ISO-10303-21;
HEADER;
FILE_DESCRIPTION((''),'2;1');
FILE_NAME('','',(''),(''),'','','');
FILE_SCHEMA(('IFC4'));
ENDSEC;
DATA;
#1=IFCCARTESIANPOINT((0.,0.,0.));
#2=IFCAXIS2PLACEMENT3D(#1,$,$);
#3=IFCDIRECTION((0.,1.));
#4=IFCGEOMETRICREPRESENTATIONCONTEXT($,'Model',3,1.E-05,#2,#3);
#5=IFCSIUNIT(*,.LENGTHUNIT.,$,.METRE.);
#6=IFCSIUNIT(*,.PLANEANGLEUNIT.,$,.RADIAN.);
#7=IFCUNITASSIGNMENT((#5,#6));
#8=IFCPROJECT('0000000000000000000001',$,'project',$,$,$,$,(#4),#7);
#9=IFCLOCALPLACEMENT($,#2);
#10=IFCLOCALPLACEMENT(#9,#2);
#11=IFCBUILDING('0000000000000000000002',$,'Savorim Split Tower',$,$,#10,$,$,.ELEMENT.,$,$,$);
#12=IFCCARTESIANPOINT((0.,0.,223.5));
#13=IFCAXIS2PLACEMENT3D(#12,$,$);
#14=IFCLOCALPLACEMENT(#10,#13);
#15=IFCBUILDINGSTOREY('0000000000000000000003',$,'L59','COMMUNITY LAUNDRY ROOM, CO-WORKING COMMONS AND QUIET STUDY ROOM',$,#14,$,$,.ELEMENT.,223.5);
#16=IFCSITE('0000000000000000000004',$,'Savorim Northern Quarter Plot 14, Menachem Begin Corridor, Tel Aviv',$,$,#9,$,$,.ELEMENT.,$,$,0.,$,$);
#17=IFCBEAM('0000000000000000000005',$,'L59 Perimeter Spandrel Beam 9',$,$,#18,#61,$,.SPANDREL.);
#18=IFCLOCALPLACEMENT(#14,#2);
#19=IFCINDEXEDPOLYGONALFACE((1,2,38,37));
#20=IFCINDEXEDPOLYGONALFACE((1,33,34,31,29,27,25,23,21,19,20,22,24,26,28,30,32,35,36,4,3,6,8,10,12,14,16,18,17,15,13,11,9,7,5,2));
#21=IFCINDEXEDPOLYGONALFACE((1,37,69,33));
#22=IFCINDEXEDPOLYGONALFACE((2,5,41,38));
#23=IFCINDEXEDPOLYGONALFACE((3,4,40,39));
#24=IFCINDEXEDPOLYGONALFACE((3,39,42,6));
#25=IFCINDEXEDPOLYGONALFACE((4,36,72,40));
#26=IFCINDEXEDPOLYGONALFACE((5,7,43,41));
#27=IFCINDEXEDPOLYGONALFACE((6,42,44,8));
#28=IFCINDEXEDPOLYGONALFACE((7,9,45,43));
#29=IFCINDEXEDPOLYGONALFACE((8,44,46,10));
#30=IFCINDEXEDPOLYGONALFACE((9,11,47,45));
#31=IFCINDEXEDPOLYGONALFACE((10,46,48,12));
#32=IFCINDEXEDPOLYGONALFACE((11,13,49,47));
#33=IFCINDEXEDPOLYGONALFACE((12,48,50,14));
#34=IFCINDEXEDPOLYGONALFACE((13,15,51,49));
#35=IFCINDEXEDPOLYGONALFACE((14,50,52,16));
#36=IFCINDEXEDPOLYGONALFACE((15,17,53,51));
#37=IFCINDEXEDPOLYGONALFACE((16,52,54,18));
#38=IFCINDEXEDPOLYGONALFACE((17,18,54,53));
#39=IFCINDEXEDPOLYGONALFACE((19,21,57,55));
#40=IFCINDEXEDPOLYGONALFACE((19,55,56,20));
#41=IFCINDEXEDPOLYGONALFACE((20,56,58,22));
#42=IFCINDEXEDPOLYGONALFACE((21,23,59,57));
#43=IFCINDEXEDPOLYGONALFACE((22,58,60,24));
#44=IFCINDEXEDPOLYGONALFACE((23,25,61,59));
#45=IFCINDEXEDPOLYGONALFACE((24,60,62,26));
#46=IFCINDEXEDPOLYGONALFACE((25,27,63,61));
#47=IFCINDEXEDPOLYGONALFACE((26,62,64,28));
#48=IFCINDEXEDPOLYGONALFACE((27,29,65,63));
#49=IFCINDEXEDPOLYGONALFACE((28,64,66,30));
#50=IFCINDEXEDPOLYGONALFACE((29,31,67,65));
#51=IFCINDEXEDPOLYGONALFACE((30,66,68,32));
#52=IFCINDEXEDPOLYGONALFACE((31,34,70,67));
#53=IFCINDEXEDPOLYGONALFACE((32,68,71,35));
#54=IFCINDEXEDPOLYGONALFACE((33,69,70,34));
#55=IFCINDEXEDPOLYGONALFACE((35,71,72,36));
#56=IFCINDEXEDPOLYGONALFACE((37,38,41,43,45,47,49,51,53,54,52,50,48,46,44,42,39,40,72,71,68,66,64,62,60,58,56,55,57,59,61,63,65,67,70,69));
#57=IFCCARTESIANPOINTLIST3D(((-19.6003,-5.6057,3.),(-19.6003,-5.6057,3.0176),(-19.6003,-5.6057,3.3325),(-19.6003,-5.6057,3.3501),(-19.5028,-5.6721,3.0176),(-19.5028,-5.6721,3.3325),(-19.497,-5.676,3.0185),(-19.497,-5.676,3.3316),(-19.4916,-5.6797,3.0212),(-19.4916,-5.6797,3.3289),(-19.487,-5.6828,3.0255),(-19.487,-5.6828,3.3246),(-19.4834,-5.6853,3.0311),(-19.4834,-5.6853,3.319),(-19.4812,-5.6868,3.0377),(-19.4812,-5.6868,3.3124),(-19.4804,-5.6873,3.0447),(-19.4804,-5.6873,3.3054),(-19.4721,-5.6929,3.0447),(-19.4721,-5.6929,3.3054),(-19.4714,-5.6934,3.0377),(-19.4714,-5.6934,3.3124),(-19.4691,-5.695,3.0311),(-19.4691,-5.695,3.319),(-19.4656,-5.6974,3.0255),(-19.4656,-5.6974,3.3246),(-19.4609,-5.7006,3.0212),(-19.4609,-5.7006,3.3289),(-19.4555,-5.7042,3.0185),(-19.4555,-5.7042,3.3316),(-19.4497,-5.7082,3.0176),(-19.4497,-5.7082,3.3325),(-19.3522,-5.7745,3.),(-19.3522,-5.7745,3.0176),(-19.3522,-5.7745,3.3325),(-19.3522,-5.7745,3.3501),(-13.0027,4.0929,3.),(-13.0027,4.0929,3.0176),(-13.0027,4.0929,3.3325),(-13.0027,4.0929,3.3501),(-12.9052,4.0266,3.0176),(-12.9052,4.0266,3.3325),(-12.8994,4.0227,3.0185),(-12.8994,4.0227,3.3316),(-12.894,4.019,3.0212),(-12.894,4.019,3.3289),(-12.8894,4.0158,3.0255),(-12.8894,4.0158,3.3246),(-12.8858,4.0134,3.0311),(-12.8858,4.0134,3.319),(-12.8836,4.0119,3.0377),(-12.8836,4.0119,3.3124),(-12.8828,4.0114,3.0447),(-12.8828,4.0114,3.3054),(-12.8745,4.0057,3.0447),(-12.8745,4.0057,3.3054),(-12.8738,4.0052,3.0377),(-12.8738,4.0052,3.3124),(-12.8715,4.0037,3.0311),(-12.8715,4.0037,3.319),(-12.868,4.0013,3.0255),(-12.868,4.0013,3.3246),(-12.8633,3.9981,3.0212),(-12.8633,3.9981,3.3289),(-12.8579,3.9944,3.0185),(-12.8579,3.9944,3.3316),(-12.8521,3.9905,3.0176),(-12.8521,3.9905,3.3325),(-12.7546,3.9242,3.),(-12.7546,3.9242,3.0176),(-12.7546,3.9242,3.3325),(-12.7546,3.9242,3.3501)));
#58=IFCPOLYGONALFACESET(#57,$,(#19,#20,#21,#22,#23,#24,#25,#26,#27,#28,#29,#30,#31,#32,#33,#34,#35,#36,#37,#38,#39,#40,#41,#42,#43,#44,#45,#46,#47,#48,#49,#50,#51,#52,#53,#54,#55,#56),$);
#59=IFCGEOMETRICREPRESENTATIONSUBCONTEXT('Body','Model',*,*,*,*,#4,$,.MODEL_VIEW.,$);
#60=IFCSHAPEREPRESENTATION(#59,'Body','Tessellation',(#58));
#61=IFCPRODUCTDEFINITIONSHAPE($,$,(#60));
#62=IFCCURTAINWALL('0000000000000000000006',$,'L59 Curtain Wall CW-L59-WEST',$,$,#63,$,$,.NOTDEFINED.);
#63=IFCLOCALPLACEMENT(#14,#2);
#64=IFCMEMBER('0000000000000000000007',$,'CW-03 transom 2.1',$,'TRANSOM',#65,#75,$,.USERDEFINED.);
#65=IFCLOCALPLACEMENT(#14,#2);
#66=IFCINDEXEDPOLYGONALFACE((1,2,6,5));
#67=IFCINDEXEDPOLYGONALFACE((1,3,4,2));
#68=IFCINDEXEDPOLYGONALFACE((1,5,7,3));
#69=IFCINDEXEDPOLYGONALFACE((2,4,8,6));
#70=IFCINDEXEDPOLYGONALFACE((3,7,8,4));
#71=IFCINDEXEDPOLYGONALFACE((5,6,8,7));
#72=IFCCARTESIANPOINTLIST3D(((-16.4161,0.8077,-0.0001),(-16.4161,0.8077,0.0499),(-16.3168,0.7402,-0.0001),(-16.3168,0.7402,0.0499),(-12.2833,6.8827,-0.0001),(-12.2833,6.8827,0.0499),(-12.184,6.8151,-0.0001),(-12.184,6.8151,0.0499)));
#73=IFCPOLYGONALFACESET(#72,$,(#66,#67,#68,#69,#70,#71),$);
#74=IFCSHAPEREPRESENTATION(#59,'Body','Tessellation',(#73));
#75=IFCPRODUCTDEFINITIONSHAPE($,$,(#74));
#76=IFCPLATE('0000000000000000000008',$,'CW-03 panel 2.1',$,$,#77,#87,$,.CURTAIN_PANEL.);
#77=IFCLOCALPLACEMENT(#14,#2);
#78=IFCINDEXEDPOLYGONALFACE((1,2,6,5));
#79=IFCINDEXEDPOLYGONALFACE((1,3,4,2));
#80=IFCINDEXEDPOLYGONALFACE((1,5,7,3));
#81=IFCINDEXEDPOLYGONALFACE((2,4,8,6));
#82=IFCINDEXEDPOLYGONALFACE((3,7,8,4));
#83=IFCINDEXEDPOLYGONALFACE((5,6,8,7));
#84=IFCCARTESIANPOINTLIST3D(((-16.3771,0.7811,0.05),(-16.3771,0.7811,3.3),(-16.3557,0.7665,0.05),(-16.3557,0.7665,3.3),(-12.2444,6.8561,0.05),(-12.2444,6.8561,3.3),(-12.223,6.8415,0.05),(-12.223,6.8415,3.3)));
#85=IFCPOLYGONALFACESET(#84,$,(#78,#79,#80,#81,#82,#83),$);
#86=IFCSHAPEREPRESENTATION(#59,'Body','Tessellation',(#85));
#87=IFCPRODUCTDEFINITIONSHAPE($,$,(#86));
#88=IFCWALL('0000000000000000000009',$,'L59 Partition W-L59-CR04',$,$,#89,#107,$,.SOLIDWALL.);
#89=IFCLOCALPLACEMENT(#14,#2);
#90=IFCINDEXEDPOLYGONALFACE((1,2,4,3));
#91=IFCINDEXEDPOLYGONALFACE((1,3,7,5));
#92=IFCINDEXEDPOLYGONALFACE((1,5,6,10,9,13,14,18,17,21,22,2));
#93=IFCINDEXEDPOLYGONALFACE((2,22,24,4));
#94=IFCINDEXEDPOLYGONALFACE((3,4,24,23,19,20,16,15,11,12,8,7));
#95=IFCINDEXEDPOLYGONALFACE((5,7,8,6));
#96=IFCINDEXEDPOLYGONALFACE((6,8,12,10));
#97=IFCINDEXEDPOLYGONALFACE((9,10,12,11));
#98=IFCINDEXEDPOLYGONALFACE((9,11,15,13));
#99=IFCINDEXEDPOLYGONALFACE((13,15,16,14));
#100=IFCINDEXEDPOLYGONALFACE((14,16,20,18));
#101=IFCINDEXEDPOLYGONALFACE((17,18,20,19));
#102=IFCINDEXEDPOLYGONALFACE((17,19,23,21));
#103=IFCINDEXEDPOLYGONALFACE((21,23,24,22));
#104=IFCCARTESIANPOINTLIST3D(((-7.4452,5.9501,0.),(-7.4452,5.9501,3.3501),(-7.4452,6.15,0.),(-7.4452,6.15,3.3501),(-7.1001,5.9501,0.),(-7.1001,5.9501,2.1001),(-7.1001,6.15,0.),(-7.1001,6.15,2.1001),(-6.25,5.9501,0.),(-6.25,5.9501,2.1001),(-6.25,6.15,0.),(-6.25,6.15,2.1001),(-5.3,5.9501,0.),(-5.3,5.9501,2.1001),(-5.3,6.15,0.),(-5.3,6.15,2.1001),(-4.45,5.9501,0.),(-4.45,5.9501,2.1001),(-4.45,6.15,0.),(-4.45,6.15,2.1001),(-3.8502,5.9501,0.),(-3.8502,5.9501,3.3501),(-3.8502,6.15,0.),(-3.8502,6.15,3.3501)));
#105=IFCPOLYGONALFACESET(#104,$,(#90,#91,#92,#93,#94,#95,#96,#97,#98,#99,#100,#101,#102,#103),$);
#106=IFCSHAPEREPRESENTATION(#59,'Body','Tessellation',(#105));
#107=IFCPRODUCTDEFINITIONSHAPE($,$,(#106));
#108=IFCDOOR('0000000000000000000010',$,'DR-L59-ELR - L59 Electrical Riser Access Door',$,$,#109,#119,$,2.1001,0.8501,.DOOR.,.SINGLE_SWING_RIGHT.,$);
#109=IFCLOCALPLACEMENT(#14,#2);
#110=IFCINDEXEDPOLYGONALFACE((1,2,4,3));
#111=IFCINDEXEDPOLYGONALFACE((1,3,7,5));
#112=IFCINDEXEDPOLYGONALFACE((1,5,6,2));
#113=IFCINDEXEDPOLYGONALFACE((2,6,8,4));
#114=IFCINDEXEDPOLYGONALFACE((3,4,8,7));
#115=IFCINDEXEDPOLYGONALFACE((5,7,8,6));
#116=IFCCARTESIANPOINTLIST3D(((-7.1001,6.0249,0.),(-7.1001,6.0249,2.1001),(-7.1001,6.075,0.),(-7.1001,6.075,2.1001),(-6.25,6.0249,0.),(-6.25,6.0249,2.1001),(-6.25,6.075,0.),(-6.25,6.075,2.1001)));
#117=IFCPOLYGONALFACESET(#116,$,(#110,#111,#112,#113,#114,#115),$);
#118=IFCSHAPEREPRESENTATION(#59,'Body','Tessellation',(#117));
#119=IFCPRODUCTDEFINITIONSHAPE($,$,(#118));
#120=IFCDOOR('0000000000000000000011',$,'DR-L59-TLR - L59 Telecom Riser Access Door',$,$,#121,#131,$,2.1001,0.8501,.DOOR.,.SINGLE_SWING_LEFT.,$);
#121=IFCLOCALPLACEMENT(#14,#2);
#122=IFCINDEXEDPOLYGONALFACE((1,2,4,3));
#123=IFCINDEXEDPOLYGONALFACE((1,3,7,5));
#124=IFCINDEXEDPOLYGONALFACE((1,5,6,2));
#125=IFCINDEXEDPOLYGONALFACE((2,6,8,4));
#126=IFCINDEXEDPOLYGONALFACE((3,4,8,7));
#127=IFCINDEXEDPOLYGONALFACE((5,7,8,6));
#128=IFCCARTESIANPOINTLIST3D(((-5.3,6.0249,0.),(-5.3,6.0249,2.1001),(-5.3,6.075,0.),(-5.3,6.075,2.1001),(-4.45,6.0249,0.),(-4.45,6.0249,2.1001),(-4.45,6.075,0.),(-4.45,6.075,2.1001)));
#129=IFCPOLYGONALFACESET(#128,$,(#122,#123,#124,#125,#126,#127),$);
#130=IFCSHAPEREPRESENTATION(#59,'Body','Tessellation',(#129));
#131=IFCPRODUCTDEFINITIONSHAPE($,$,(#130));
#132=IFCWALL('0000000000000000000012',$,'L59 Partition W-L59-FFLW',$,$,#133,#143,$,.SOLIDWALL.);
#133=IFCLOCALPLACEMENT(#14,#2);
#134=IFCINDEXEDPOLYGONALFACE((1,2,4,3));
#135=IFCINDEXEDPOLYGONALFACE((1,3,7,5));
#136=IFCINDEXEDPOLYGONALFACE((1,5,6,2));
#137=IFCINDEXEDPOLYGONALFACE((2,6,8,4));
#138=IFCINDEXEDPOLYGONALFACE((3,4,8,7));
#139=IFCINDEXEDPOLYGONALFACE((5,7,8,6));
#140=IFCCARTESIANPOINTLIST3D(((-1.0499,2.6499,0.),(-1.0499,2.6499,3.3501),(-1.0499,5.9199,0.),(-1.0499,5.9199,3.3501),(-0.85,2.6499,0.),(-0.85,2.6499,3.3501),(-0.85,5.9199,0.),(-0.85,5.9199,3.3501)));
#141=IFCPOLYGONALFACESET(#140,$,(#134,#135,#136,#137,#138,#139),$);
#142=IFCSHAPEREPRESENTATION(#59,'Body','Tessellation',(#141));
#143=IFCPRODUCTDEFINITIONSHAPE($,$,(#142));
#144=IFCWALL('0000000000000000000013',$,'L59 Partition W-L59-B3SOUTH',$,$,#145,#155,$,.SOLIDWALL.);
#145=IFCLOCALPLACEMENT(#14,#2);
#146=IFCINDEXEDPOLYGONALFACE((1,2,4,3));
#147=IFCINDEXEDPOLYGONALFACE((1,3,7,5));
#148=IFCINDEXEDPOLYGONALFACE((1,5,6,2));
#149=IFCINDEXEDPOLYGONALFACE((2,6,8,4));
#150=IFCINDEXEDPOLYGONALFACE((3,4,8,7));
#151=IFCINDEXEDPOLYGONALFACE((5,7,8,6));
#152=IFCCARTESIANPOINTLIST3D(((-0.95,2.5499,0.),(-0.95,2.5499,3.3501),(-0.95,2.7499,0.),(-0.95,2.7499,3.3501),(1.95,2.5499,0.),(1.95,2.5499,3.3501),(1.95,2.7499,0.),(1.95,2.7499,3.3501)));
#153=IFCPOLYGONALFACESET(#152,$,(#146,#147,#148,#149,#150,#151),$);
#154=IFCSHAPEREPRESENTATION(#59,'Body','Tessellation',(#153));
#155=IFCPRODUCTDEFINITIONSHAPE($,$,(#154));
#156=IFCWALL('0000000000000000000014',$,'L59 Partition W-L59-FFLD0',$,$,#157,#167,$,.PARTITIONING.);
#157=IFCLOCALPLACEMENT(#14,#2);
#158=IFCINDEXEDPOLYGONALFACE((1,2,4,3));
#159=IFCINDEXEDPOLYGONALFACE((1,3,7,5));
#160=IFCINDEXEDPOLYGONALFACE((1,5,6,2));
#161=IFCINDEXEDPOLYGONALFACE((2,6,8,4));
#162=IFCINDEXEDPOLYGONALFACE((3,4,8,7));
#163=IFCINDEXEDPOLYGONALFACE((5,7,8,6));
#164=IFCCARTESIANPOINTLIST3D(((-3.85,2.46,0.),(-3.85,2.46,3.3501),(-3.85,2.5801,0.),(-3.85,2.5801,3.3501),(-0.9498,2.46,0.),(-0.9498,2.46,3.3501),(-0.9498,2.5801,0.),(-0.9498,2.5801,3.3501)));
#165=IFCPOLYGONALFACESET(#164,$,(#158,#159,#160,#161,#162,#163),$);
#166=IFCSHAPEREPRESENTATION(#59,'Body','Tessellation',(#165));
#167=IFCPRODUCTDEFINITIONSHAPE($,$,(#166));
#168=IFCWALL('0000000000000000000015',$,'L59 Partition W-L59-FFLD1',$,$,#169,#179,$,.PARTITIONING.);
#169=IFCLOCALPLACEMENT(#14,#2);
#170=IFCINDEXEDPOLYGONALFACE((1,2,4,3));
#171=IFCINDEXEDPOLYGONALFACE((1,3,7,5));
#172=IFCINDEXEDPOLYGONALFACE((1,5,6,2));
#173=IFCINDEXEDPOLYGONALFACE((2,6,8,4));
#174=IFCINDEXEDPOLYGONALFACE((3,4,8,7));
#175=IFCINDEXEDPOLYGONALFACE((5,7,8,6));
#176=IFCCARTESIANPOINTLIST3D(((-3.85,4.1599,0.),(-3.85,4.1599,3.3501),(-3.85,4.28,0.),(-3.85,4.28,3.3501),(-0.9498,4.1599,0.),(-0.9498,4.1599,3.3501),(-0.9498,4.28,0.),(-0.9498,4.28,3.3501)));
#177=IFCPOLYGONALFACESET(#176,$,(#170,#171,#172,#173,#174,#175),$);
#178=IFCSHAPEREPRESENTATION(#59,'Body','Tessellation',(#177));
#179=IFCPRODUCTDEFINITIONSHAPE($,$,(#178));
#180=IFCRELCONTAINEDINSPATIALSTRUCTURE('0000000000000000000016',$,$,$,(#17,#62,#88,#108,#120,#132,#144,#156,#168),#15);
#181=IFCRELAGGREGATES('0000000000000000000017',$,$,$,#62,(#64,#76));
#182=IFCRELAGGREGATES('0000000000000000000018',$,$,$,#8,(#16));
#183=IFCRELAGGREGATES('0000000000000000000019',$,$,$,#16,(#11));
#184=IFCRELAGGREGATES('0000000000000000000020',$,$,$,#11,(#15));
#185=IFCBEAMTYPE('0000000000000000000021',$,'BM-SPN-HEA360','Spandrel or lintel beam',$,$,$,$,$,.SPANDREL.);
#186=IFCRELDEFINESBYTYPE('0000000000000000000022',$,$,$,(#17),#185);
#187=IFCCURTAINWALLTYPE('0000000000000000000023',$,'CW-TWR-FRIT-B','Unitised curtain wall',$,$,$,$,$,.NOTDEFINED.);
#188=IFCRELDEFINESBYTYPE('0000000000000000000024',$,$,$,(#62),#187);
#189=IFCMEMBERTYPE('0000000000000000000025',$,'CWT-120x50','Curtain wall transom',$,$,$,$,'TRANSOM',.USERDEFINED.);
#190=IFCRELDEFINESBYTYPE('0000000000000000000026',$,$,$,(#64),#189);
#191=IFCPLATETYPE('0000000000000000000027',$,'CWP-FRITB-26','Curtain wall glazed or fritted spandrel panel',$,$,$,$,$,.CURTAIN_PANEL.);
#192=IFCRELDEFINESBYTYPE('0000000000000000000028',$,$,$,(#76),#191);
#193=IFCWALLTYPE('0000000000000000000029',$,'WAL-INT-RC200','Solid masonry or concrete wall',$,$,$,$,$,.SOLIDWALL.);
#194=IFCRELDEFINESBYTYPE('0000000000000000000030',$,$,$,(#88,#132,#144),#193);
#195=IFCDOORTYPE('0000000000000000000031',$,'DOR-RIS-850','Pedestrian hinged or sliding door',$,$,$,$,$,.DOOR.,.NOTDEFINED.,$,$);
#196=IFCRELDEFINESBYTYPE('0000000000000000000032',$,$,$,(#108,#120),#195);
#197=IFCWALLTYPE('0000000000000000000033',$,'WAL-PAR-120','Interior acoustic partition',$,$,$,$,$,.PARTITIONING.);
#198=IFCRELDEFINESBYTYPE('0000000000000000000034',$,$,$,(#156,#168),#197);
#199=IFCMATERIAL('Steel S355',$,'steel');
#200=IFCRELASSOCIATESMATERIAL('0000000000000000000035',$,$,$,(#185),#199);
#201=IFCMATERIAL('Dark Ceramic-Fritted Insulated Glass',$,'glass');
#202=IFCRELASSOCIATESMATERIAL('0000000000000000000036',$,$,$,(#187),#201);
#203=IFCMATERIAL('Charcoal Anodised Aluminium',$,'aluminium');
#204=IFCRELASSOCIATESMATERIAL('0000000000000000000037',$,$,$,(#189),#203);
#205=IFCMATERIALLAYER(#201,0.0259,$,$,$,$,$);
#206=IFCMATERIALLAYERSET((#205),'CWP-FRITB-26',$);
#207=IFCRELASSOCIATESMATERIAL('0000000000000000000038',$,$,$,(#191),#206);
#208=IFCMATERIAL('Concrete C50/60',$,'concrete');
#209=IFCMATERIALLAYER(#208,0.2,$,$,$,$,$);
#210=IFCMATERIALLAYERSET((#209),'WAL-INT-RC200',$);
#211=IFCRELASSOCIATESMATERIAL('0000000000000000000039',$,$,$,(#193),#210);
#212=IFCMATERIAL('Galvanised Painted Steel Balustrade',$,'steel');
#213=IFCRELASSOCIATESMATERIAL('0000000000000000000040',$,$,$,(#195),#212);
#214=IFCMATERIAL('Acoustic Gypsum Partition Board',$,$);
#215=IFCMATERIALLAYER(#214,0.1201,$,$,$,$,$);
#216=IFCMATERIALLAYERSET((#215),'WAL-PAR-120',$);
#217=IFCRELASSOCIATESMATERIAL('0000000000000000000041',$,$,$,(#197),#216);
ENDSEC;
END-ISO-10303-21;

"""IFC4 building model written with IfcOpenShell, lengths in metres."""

from ifc_helpers import new_model, si_unit, direction, frame, frame_2d, origin, origin_2d, place, context, subcontext, project, spatial, rectangle, i_section, extrude, material, layer, layer_set, material_profile, profile_set, type_object, element, fill, aggregate, save


model = new_model("IFC4")

# Units and contexts
model_context = context("Model", 3, precision=1e-05, world=origin(), true_north=direction((0.0, 1.0)))
body_context = subcontext(model_context, "Body", "Model", "MODEL_VIEW")
ifc_project = project(units=[si_unit("LENGTHUNIT", "METRE"), si_unit("PLANEANGLEUNIT", "RADIAN")], contexts=[model_context])

# Site, building, storey
site_placement = place(None, origin())
site = spatial("IfcSite", under=ifc_project, at=site_placement, Name="Savorim Northern Quarter Plot 14, Menachem Begin Corridor, Tel Aviv", CompositionType="ELEMENT", RefElevation=0.0)
building_placement = place(site_placement, origin())
building = spatial("IfcBuilding", under=site, at=building_placement, Name="Savorim Split Tower", CompositionType="ELEMENT")
storey_placement = place(building_placement, frame((0.0, 0.0, 223.5)))
storey = spatial("IfcBuildingStorey", under=building, at=storey_placement, Name="L59", Description="COMMUNITY LAUNDRY ROOM, CO-WORKING COMMONS AND QUIET STUDY ROOM", CompositionType="ELEMENT", Elevation=223.5)

# Shared definitions
ifc_material_1 = material(Name="Steel S355", Category="steel")

# Beam
ifc_material_profile_1 = material_profile(ifc_material_1, i_section(OverallWidth=0.3, OverallDepth=0.3501, WebThickness=0.01, FlangeThickness=0.0176, FilletRadius=0.0271, at=origin_2d()), Name="HEA 360")
ifc_profile_set_1 = profile_set([ifc_material_profile_1], Name="Steel S355")
beam_type_1 = type_object("IfcBeamType", Name="BM-SPN-HEA360", Description="Spandrel or lintel beam", PredefinedType="SPANDREL", material=ifc_profile_set_1)
beam_1_placement = place(storey_placement, frame((-12.8787, 4.0085, 3.175), z_axis=(-0.562457, -0.826827, 0.0), x_axis=(0.826827, -0.562457, 0.0)))
element("IfcBeam", 1, at=beam_1_placement, inside=storey, type_object=beam_type_1, Name="L59 Perimeter Spandrel Beam 9", PredefinedType="SPANDREL", context=body_context, shape_type="SweptSolid", body=[
    extrude(i_section(OverallWidth=0.3, OverallDepth=0.3501, WebThickness=0.01, FlangeThickness=0.0176, FilletRadius=0.0271, at=origin_2d()), origin(), (0.0, 0.0, 1.0), 11.73),
])

# Curtain wall, member, plate
ifc_material_2 = material(Name="Dark Ceramic-Fritted Insulated Glass", Category="glass")
curtain_wall_type = type_object("IfcCurtainWallType", Name="CW-TWR-FRIT-B", Description="Unitised curtain wall", PredefinedType="NOTDEFINED", material=ifc_material_2)
curtain_wall_placement = place(storey_placement, origin())
curtain_wall = element("IfcCurtainWall", 2, at=curtain_wall_placement, inside=storey, type_object=curtain_wall_type, Name="L59 Curtain Wall CW-L59-WEST", PredefinedType="NOTDEFINED")
ifc_material_3 = material(Name="Charcoal Anodised Aluminium", Category="aluminium")
ifc_material_profile_2 = material_profile(ifc_material_3, rectangle(XDim=0.1201, YDim=0.05, at=origin_2d()), Name="ALU-T 120x50")
ifc_profile_set_2 = profile_set([ifc_material_profile_2], Name="Charcoal Anodised Aluminium")
member_type = type_object("IfcMemberType", Name="CWT-120x50", Description="Curtain wall transom", ElementType="TRANSOM", PredefinedType="USERDEFINED", material=ifc_profile_set_2)
member_placement = place(storey_placement, frame((-12.2336, 6.8489, 0.0249), z_axis=(-0.562482, -0.82681, 0.0), x_axis=(0.82681, -0.562482, 0.0)))
member = element("IfcMember", 3, at=member_placement, type_object=member_type, Name="CW-03 transom 2.1", ObjectType="TRANSOM", PredefinedType="USERDEFINED", context=body_context, shape_type="SweptSolid", body=[
    extrude(rectangle(XDim=0.1201, YDim=0.05, at=origin_2d()), origin(), (0.0, 0.0, 1.0), 7.3474),
])
ifc_layer_1 = layer(ifc_material_2, 0.0259)
ifc_layer_set_1 = layer_set([ifc_layer_1], Name="CWP-FRITB-26")
plate_type = type_object("IfcPlateType", Name="CWP-FRITB-26", Description="Curtain wall glazed or fritted spandrel panel", PredefinedType="CURTAIN_PANEL", material=ifc_layer_set_1)
plate_placement = place(storey_placement, frame((-14.3, 3.8113, 0.05), z_axis=(0.0, 0.0, 1.0), x_axis=(-0.562467, -0.82682, 0.0)))
plate = element("IfcPlate", 4, at=plate_placement, type_object=plate_type, Name="CW-03 panel 2.1", PredefinedType="CURTAIN_PANEL", context=body_context, shape_type="SweptSolid", body=[
    extrude(rectangle(XDim=7.3474, YDim=0.0259, at=origin_2d()), origin(), (0.0, 0.0, 1.0), 3.25),
])
aggregate(curtain_wall, [member, plate])

# Wall, openings, doors
ifc_material_4 = material(Name="Concrete C50/60", Category="concrete")
ifc_layer_2 = layer(ifc_material_4, 0.2)
ifc_layer_set_2 = layer_set([ifc_layer_2], Name="WAL-INT-RC200")
wall_type_1 = type_object("IfcWallType", Name="WAL-INT-RC200", Description="Solid masonry or concrete wall", PredefinedType="SOLIDWALL", material=ifc_layer_set_2)
wall_1_placement = place(storey_placement, frame((-7.4451, 6.05, 0.0), z_axis=(0.0, 0.0, 1.0), x_axis=(1.0, 0.0, 0.0)))
wall_1 = element("IfcWall", 5, at=wall_1_placement, inside=storey, type_object=wall_type_1, Name="L59 Partition W-L59-CR04", PredefinedType="SOLIDWALL", context=body_context, shape_type="SweptSolid", body=[
    extrude(rectangle(XDim=3.595, YDim=0.2, at=frame_2d((1.7974, 0.0))), origin(), (0.0, 0.0, 1.0), 3.3501),
])
opening_1_placement = place(wall_1_placement, frame((0.345, 0.0, 0.0)))
opening_1 = element("IfcOpeningElement", 6, at=opening_1_placement, cuts=wall_1, PredefinedType="OPENING", context=body_context, shape_type="SweptSolid", body=[
    extrude(rectangle(XDim=0.8501, YDim=2.1001, at=frame_2d((0.425, 1.05))), frame((0.0, 0.1099, 0.0), z_axis=(0.0, -1.0, 0.0), x_axis=(1.0, 0.0, 0.0)), (0.0, 0.0, 1.0), 0.22),
])
opening_2_placement = place(wall_1_placement, frame((2.145, 0.0, 0.0)))
opening_2 = element("IfcOpeningElement", 7, at=opening_2_placement, cuts=wall_1, PredefinedType="OPENING", context=body_context, shape_type="SweptSolid", body=[
    extrude(rectangle(XDim=0.8501, YDim=2.1001, at=frame_2d((0.425, 1.05))), frame((0.0, 0.1099, 0.0), z_axis=(0.0, -1.0, 0.0), x_axis=(1.0, 0.0, 0.0)), (0.0, 0.0, 1.0), 0.22),
])
ifc_material_5 = material(Name="Galvanised Painted Steel Balustrade", Category="steel")
door_type = type_object("IfcDoorType", Name="DOR-RIS-850", Description="Pedestrian hinged or sliding door", OperationType="NOTDEFINED", PredefinedType="DOOR", material=ifc_material_5)
door_1_placement = place(opening_1_placement, origin())
door_1 = element("IfcDoor", 8, at=door_1_placement, inside=storey, type_object=door_type, Name="DR-L59-ELR - L59 Electrical Riser Access Door", OperationType="SINGLE_SWING_RIGHT", OverallHeight=2.1001, OverallWidth=0.8501, PredefinedType="DOOR", context=body_context, shape_type="SweptSolid", body=[
    extrude(rectangle(XDim=0.8501, YDim=2.1001, at=frame_2d((0.425, 1.05))), frame((0.0, 0.0249, 0.0), z_axis=(0.0, -1.0, 0.0), x_axis=(1.0, 0.0, 0.0)), (0.0, 0.0, 1.0), 0.05),
])
fill(opening_1, door_1)
door_2_placement = place(opening_2_placement, origin())
door_2 = element("IfcDoor", 9, at=door_2_placement, inside=storey, type_object=door_type, Name="DR-L59-TLR - L59 Telecom Riser Access Door", OperationType="SINGLE_SWING_LEFT", OverallHeight=2.1001, OverallWidth=0.8501, PredefinedType="DOOR", context=body_context, shape_type="SweptSolid", body=[
    extrude(rectangle(XDim=0.8501, YDim=2.1001, at=frame_2d((0.425, 1.05))), frame((0.0, 0.0249, 0.0), z_axis=(0.0, -1.0, 0.0), x_axis=(1.0, 0.0, 0.0)), (0.0, 0.0, 1.0), 0.05),
])
fill(opening_2, door_2)

# Walls
wall_2_placement = place(storey_placement, frame((-0.95, 2.6499, 0.0), z_axis=(0.0, 0.0, 1.0), x_axis=(0.0, 1.0, 0.0)))
element("IfcWall", 10, at=wall_2_placement, inside=storey, type_object=wall_type_1, Name="L59 Partition W-L59-FFLW", PredefinedType="SOLIDWALL", context=body_context, shape_type="SweptSolid", body=[
    extrude(rectangle(XDim=3.27, YDim=0.2, at=frame_2d((1.635, 0.0))), origin(), (0.0, 0.0, 1.0), 3.3501),
])
wall_3_placement = place(storey_placement, frame((-0.95, 2.6499, 0.0), z_axis=(0.0, 0.0, 1.0), x_axis=(1.0, 0.0, 0.0)))
element("IfcWall", 11, at=wall_3_placement, inside=storey, type_object=wall_type_1, Name="L59 Partition W-L59-B3SOUTH", PredefinedType="SOLIDWALL", context=body_context, shape_type="SweptSolid", body=[
    extrude(rectangle(XDim=2.8999, YDim=0.2, at=frame_2d((1.45, 0.0))), origin(), (0.0, 0.0, 1.0), 3.3501),
])
ifc_material_6 = material(Name="Acoustic Gypsum Partition Board")
ifc_layer_3 = layer(ifc_material_6, 0.1201)
ifc_layer_set_3 = layer_set([ifc_layer_3], Name="WAL-PAR-120")
wall_type_2 = type_object("IfcWallType", Name="WAL-PAR-120", Description="Interior acoustic partition", PredefinedType="PARTITIONING", material=ifc_layer_set_3)
for number, where, z_axis, x_axis, name in (
    (12, (-3.8501, 2.52, 0.0), (0.0, 0.0, 1.0), (1.0, 0.0, 0.0), "L59 Partition W-L59-FFLD0"),
    (13, (-3.8501, 4.22, 0.0), (0.0, 0.0, 1.0), (1.0, 0.0, 0.0), "L59 Partition W-L59-FFLD1"),
):
    element("IfcWall", number, at=place(storey_placement, frame(where, z_axis=z_axis, x_axis=x_axis)), inside=storey, type_object=wall_type_2, Name=name, PredefinedType="PARTITIONING", context=body_context, shape_type="SweptSolid", body=[
        extrude(rectangle(XDim=2.9001, YDim=0.1201, at=frame_2d((1.4502, 0.0))), origin(), (0.0, 0.0, 1.0), 3.3501),
    ])

save(model, "model.ifc")
